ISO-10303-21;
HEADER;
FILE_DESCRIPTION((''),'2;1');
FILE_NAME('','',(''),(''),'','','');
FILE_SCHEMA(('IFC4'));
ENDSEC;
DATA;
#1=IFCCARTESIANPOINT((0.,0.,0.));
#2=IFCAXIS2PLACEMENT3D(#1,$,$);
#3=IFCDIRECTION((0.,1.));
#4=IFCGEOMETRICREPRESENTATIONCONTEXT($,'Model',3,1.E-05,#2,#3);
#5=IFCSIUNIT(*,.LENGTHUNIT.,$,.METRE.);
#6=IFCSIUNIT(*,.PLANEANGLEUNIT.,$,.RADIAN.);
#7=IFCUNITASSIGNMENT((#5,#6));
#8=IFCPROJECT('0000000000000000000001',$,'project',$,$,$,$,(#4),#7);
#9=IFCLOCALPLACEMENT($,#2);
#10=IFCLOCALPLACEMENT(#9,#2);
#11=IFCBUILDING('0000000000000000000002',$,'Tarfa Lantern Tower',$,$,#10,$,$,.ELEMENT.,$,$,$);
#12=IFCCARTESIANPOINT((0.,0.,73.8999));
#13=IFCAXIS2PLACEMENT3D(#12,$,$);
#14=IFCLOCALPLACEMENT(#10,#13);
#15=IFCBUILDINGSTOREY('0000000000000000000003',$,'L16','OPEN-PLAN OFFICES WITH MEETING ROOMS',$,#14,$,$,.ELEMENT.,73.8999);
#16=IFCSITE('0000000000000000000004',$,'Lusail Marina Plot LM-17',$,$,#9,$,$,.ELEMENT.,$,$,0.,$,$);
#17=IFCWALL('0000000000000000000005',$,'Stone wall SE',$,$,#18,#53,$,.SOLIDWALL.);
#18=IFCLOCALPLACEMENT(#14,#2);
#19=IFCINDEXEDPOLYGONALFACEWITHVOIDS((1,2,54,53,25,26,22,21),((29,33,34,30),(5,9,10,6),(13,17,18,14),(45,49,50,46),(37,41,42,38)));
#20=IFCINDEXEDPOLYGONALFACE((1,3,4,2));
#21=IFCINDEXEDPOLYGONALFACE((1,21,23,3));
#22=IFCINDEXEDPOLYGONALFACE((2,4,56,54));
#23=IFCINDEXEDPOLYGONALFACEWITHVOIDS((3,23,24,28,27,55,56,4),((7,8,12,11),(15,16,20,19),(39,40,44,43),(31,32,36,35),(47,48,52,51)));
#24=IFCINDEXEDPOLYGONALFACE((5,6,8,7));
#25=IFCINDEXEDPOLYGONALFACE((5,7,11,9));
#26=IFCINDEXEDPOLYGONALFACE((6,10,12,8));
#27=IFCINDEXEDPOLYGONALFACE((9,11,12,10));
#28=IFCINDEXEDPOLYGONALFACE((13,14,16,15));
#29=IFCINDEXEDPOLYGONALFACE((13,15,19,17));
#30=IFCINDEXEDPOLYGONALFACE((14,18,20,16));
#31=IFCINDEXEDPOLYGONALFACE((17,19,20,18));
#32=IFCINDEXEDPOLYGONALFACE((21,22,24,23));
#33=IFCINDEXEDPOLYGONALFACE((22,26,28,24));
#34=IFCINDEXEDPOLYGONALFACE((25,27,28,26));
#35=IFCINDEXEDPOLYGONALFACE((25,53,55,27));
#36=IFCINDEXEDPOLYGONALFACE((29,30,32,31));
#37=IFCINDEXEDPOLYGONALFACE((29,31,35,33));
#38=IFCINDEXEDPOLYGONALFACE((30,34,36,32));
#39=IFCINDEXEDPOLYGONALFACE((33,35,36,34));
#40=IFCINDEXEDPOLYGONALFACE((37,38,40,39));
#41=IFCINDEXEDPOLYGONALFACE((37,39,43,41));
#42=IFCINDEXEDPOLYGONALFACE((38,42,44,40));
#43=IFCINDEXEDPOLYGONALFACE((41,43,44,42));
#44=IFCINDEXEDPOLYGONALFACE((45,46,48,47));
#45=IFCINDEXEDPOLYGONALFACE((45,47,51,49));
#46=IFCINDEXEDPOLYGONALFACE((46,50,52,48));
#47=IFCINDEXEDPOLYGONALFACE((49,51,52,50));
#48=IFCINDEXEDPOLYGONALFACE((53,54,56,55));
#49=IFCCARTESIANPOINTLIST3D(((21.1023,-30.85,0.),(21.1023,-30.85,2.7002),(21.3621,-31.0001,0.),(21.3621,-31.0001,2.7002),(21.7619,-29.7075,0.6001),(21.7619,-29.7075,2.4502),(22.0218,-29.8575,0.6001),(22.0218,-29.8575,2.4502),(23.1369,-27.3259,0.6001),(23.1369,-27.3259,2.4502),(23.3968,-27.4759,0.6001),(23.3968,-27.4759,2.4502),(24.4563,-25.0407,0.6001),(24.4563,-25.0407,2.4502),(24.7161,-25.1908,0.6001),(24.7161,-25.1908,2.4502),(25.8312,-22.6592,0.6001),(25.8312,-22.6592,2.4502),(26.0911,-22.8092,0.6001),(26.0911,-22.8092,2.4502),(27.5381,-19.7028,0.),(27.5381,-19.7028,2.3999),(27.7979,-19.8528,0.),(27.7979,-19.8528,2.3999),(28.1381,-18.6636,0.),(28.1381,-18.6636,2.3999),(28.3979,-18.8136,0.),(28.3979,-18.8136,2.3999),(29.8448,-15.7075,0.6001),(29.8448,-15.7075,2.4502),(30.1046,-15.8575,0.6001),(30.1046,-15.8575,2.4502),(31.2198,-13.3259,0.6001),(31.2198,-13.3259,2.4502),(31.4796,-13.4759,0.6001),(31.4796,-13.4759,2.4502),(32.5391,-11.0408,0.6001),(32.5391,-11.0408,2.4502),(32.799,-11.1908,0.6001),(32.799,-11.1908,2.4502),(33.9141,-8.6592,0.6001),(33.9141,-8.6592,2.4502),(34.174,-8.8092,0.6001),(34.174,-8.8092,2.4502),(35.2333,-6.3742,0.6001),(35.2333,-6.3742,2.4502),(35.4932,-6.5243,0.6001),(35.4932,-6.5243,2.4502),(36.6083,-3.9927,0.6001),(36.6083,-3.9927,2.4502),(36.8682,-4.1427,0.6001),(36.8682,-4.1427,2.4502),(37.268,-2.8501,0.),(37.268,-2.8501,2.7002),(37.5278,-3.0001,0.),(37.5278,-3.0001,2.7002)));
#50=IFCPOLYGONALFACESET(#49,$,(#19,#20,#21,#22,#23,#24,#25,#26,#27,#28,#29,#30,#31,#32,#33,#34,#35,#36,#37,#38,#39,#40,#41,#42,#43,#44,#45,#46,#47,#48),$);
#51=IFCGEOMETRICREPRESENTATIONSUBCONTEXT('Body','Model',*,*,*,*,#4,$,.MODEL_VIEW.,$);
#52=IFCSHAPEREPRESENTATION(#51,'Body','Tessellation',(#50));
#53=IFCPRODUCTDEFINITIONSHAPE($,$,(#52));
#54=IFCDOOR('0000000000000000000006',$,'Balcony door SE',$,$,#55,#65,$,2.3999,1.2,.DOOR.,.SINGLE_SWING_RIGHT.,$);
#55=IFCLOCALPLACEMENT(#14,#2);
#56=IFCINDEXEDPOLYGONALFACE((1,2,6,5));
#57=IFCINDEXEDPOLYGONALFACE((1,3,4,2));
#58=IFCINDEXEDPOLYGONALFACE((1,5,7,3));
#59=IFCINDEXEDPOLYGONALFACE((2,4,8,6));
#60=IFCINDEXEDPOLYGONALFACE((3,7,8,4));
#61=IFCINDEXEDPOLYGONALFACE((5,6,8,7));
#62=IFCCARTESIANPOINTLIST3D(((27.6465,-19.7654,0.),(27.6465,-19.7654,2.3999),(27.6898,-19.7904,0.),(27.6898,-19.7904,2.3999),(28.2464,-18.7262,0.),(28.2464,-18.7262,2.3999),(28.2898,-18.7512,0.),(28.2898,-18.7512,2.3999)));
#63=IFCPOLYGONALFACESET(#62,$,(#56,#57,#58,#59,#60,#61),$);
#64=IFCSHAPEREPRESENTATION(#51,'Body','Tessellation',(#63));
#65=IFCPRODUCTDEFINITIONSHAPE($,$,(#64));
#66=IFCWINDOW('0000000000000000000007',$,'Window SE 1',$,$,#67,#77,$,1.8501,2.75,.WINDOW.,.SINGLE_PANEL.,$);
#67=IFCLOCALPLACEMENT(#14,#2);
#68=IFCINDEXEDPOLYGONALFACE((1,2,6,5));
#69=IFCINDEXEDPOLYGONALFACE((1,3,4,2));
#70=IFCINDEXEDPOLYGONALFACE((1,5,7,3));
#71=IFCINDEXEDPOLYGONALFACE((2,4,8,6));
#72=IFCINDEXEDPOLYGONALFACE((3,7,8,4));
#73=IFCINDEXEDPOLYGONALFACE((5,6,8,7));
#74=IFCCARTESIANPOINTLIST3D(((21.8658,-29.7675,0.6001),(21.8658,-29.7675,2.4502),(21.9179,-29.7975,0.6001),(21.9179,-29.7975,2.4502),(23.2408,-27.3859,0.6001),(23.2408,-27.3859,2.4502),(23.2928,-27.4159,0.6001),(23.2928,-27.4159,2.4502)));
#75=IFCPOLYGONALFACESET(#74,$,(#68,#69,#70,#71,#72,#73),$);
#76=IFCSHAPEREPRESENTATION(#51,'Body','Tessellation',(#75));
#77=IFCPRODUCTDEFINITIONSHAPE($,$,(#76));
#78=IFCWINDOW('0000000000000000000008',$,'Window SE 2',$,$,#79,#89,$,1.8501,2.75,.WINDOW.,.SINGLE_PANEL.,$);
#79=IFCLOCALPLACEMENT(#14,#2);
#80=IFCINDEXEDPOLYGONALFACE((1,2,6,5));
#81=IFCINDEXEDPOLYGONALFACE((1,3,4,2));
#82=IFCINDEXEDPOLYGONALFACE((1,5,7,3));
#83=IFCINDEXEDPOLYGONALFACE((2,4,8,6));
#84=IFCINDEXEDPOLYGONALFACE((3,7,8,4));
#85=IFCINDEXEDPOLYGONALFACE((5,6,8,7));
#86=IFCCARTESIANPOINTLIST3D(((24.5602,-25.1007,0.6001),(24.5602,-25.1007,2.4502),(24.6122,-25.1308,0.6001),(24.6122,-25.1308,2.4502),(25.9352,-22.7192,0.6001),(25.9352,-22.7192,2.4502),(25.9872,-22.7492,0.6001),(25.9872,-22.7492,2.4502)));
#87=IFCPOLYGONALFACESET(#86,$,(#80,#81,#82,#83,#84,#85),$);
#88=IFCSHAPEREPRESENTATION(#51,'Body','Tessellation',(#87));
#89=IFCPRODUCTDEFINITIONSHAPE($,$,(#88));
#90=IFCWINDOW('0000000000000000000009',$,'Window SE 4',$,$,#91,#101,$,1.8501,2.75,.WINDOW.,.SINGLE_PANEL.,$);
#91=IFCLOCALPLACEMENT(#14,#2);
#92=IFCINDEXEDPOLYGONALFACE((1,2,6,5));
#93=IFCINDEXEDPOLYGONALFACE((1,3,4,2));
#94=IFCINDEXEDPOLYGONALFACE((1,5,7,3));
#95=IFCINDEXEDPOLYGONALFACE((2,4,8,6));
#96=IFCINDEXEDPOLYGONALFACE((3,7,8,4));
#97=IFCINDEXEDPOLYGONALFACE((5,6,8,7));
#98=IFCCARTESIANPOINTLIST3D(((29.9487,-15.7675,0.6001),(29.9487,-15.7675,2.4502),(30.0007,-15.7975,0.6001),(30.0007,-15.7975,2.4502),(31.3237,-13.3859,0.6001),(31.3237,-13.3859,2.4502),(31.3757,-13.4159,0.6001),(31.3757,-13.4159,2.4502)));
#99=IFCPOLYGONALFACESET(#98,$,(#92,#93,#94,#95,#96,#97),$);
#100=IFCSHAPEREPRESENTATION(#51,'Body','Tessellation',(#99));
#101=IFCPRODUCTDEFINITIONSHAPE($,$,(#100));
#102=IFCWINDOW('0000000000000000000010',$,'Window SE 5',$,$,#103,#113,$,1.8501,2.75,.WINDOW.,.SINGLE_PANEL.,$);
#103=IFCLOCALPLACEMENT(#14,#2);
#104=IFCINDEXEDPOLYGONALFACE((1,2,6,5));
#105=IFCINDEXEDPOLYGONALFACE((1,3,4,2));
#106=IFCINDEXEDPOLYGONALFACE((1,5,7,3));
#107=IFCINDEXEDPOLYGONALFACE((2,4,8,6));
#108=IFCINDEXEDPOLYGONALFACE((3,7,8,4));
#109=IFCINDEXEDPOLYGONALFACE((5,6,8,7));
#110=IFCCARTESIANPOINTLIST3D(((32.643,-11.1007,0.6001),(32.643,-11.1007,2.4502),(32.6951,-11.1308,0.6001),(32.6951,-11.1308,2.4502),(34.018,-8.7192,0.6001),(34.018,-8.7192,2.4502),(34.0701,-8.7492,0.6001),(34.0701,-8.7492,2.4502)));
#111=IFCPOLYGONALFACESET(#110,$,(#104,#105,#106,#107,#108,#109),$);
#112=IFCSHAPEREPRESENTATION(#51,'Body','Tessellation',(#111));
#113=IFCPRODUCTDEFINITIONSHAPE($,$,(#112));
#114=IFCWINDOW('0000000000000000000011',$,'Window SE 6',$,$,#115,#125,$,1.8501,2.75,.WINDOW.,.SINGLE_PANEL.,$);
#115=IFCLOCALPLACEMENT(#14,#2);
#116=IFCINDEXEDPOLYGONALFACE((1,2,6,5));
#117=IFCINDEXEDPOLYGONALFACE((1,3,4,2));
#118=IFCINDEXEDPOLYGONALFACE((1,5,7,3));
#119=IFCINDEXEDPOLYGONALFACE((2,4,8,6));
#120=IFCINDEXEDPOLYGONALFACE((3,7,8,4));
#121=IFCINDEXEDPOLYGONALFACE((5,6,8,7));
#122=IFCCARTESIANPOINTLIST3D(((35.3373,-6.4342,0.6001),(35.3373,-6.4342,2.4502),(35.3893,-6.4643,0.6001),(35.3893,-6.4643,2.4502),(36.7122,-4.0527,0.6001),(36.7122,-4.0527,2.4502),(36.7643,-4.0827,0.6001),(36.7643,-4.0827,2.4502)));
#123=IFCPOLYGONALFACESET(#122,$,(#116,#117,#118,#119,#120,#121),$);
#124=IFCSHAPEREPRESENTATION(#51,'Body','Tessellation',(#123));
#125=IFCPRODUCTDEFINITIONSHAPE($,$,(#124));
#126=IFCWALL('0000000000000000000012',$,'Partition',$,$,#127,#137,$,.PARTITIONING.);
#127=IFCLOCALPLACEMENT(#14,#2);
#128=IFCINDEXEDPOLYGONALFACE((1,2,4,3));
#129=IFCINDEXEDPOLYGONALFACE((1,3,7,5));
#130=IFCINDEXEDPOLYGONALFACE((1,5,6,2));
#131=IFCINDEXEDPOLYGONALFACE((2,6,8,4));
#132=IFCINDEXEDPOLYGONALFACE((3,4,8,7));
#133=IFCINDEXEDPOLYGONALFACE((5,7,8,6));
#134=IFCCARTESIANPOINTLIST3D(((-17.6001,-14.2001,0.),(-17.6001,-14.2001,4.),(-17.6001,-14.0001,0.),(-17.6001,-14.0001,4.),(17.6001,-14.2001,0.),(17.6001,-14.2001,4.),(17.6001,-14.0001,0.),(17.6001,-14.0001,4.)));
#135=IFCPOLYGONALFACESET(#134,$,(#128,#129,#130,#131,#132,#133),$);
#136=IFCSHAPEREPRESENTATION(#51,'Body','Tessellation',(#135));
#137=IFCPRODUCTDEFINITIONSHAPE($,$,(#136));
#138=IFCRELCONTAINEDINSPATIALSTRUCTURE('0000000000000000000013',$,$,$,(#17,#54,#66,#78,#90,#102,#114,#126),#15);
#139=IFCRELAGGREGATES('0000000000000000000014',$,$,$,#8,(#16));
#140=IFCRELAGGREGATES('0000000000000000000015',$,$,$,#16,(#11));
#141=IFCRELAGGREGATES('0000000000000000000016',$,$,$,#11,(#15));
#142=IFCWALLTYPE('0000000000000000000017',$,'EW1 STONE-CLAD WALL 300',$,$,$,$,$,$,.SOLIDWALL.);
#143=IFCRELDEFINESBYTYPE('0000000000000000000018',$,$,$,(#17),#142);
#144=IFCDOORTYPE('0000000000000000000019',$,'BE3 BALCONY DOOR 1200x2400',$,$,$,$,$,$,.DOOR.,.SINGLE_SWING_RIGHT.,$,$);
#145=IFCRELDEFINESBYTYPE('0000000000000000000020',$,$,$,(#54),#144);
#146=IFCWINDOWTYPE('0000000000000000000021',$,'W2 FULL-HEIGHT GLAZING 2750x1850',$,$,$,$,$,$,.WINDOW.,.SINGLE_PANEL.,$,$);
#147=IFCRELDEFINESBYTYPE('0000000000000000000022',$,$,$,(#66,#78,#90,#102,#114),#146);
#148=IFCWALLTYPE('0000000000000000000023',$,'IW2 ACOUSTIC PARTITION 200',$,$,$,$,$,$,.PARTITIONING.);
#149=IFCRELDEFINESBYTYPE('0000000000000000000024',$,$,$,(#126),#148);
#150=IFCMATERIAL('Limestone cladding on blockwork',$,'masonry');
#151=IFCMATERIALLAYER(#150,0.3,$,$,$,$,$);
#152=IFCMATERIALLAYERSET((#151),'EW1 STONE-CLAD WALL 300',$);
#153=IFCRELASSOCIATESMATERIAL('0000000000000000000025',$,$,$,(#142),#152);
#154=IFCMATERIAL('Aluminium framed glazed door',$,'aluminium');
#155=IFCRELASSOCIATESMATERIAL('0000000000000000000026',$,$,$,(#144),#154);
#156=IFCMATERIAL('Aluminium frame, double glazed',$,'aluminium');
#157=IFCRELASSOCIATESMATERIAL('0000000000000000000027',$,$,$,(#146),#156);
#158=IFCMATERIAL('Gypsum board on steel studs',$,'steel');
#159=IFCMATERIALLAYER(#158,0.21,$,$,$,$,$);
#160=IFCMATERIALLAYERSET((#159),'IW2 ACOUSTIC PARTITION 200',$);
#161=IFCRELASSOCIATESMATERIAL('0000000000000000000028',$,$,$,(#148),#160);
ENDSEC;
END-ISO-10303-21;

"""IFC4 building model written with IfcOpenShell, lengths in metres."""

from ifc_helpers import new_model, si_unit, direction, frame, frame_2d, origin, place, context, subcontext, project, spatial, rectangle, extrude, material, layer, layer_set, type_object, element, fill, save


model = new_model("IFC4")

# Units and contexts
model_context = context("Model", 3, precision=1e-05, world=origin(), true_north=direction((0.0, 1.0)))
body_context = subcontext(model_context, "Body", "Model", "MODEL_VIEW")
ifc_project = project(units=[si_unit("LENGTHUNIT", "METRE"), si_unit("PLANEANGLEUNIT", "RADIAN")], contexts=[model_context])

# Site, building, storey
site_placement = place(None, origin())
site = spatial("IfcSite", under=ifc_project, at=site_placement, Name="Lusail Marina Plot LM-17", CompositionType="ELEMENT", RefElevation=0.0)
building_placement = place(site_placement, origin())
building = spatial("IfcBuilding", under=site, at=building_placement, Name="Tarfa Lantern Tower", CompositionType="ELEMENT")
storey_placement = place(building_placement, frame((0.0, 0.0, 73.8999)))
storey = spatial("IfcBuildingStorey", under=building, at=storey_placement, Name="L16", Description="OPEN-PLAN OFFICES WITH MEETING ROOMS", CompositionType="ELEMENT", Elevation=73.8999)

# Wall, openings, door, windows
ifc_material_1 = material(Name="Limestone cladding on blockwork", Category="masonry")
ifc_layer_1 = layer(ifc_material_1, 0.3)
ifc_layer_set_1 = layer_set([ifc_layer_1], Name="EW1 STONE-CLAD WALL 300")
wall_type_1 = type_object("IfcWallType", Name="EW1 STONE-CLAD WALL 300", PredefinedType="SOLIDWALL", material=ifc_layer_set_1)
wall_1_placement = place(storey_placement, frame((21.2322, -30.925, 0.0), z_axis=(0.0, 0.0, 1.0), x_axis=(0.499999, 0.866026, 0.0)))
wall_1 = element("IfcWall", 1, at=wall_1_placement, inside=storey, type_object=wall_type_1, Name="Stone wall SE", PredefinedType="SOLIDWALL", context=body_context, shape_type="SweptSolid", body=[
    extrude(rectangle(XDim=32.3315, YDim=0.3, at=frame_2d((16.1658, 0.0))), origin(), (0.0, 0.0, 1.0), 2.7002),
])
opening_1_placement = place(wall_1_placement, frame((1.3193, 0.0, 0.6001)))
opening_1 = element("IfcOpeningElement", 2, at=opening_1_placement, cuts=wall_1, PredefinedType="OPENING", context=body_context, shape_type="SweptSolid", body=[
    extrude(rectangle(XDim=2.75, YDim=1.8501, at=frame_2d((1.375, 0.925))), frame((0.0, 0.1599, 0.0), z_axis=(0.0, -1.0, 0.0), x_axis=(1.0, 0.0, 0.0)), (0.0, 0.0, 1.0), 0.3201),
])
opening_2_placement = place(wall_1_placement, frame((6.708, 0.0, 0.6001)))
opening_2 = element("IfcOpeningElement", 3, at=opening_2_placement, cuts=wall_1, PredefinedType="OPENING", context=body_context, shape_type="SweptSolid", body=[
    extrude(rectangle(XDim=2.75, YDim=1.8501, at=frame_2d((1.375, 0.925))), frame((0.0, 0.1599, 0.0), z_axis=(0.0, -1.0, 0.0), x_axis=(1.0, 0.0, 0.0)), (0.0, 0.0, 1.0), 0.3201),
])
opening_3_placement = place(wall_1_placement, frame((12.8716, 0.0, 0.0)))
opening_3 = element("IfcOpeningElement", 4, at=opening_3_placement, cuts=wall_1, PredefinedType="OPENING", context=body_context, shape_type="SweptSolid", body=[
    extrude(rectangle(XDim=1.2, YDim=2.3999, at=frame_2d((0.6001, 1.2))), frame((0.0, 0.1599, 0.0), z_axis=(0.0, -1.0, 0.0), x_axis=(1.0, 0.0, 0.0)), (0.0, 0.0, 1.0), 0.3201),
])
opening_4_placement = place(wall_1_placement, frame((17.4851, 0.0, 0.6001)))
opening_4 = element("IfcOpeningElement", 5, at=opening_4_placement, cuts=wall_1, PredefinedType="OPENING", context=body_context, shape_type="SweptSolid", body=[
    extrude(rectangle(XDim=2.75, YDim=1.8501, at=frame_2d((1.375, 0.925))), frame((0.0, 0.1599, 0.0), z_axis=(0.0, -1.0, 0.0), x_axis=(1.0, 0.0, 0.0)), (0.0, 0.0, 1.0), 0.3201),
])
opening_5_placement = place(wall_1_placement, frame((22.8738, 0.0, 0.6001)))
opening_5 = element("IfcOpeningElement", 6, at=opening_5_placement, cuts=wall_1, PredefinedType="OPENING", context=body_context, shape_type="SweptSolid", body=[
    extrude(rectangle(XDim=2.75, YDim=1.8501, at=frame_2d((1.375, 0.925))), frame((0.0, 0.1599, 0.0), z_axis=(0.0, -1.0, 0.0), x_axis=(1.0, 0.0, 0.0)), (0.0, 0.0, 1.0), 0.3201),
])
opening_6_placement = place(wall_1_placement, frame((28.2622, 0.0, 0.6001)))
opening_6 = element("IfcOpeningElement", 7, at=opening_6_placement, cuts=wall_1, PredefinedType="OPENING", context=body_context, shape_type="SweptSolid", body=[
    extrude(rectangle(XDim=2.75, YDim=1.8501, at=frame_2d((1.375, 0.925))), frame((0.0, 0.1599, 0.0), z_axis=(0.0, -1.0, 0.0), x_axis=(1.0, 0.0, 0.0)), (0.0, 0.0, 1.0), 0.3201),
])
ifc_material_2 = material(Name="Aluminium framed glazed door", Category="aluminium")
door_type_1 = type_object("IfcDoorType", Name="BE3 BALCONY DOOR 1200x2400", OperationType="SINGLE_SWING_RIGHT", PredefinedType="DOOR", material=ifc_material_2)
door_1_placement = place(opening_3_placement, origin())
door_1 = element("IfcDoor", 8, at=door_1_placement, inside=storey, type_object=door_type_1, Name="Balcony door SE", OperationType="SINGLE_SWING_RIGHT", OverallHeight=2.3999, OverallWidth=1.2, PredefinedType="DOOR", context=body_context, shape_type="SweptSolid", body=[
    extrude(rectangle(XDim=1.2, YDim=2.3999, at=frame_2d((0.6001, 1.2))), frame((0.0, 0.0249, 0.0), z_axis=(0.0, -1.0, 0.0), x_axis=(1.0, 0.0, 0.0)), (0.0, 0.0, 1.0), 0.05),
])
fill(opening_3, door_1)
ifc_material_3 = material(Name="Aluminium frame, double glazed", Category="aluminium")
window_type = type_object("IfcWindowType", Name="W2 FULL-HEIGHT GLAZING 2750x1850", PartitioningType="SINGLE_PANEL", PredefinedType="WINDOW", material=ifc_material_3)
window_1_placement = place(opening_1_placement, origin())
window_1 = element("IfcWindow", 9, at=window_1_placement, inside=storey, type_object=window_type, Name="Window SE 1", OverallHeight=1.8501, OverallWidth=2.75, PartitioningType="SINGLE_PANEL", PredefinedType="WINDOW", context=body_context, shape_type="SweptSolid", body=[
    extrude(rectangle(XDim=2.75, YDim=1.8501, at=frame_2d((1.375, 0.925))), frame((0.0, 0.03, 0.0), z_axis=(0.0, -1.0, 0.0), x_axis=(1.0, 0.0, 0.0)), (0.0, 0.0, 1.0), 0.0601),
])
fill(opening_1, window_1)
window_2_placement = place(opening_2_placement, origin())
window_2 = element("IfcWindow", 10, at=window_2_placement, inside=storey, type_object=window_type, Name="Window SE 2", OverallHeight=1.8501, OverallWidth=2.75, PartitioningType="SINGLE_PANEL", PredefinedType="WINDOW", context=body_context, shape_type="SweptSolid", body=[
    extrude(rectangle(XDim=2.75, YDim=1.8501, at=frame_2d((1.375, 0.925))), frame((0.0, 0.03, 0.0), z_axis=(0.0, -1.0, 0.0), x_axis=(1.0, 0.0, 0.0)), (0.0, 0.0, 1.0), 0.0601),
])
fill(opening_2, window_2)
window_3_placement = place(opening_4_placement, origin())
window_3 = element("IfcWindow", 11, at=window_3_placement, inside=storey, type_object=window_type, Name="Window SE 4", OverallHeight=1.8501, OverallWidth=2.75, PartitioningType="SINGLE_PANEL", PredefinedType="WINDOW", context=body_context, shape_type="SweptSolid", body=[
    extrude(rectangle(XDim=2.75, YDim=1.8501, at=frame_2d((1.375, 0.925))), frame((0.0, 0.03, 0.0), z_axis=(0.0, -1.0, 0.0), x_axis=(1.0, 0.0, 0.0)), (0.0, 0.0, 1.0), 0.0601),
])
fill(opening_4, window_3)
window_4_placement = place(opening_5_placement, origin())
window_4 = element("IfcWindow", 12, at=window_4_placement, inside=storey, type_object=window_type, Name="Window SE 5", OverallHeight=1.8501, OverallWidth=2.75, PartitioningType="SINGLE_PANEL", PredefinedType="WINDOW", context=body_context, shape_type="SweptSolid", body=[
    extrude(rectangle(XDim=2.75, YDim=1.8501, at=frame_2d((1.375, 0.925))), frame((0.0, 0.03, 0.0), z_axis=(0.0, -1.0, 0.0), x_axis=(1.0, 0.0, 0.0)), (0.0, 0.0, 1.0), 0.0601),
])
fill(opening_5, window_4)
window_5_placement = place(opening_6_placement, origin())
window_5 = element("IfcWindow", 13, at=window_5_placement, inside=storey, type_object=window_type, Name="Window SE 6", OverallHeight=1.8501, OverallWidth=2.75, PartitioningType="SINGLE_PANEL", PredefinedType="WINDOW", context=body_context, shape_type="SweptSolid", body=[
    extrude(rectangle(XDim=2.75, YDim=1.8501, at=frame_2d((1.375, 0.925))), frame((0.0, 0.03, 0.0), z_axis=(0.0, -1.0, 0.0), x_axis=(1.0, 0.0, 0.0)), (0.0, 0.0, 1.0), 0.0601),
])
fill(opening_6, window_5)

# Wall
ifc_material_4 = material(Name="Gypsum board on steel studs", Category="steel")
ifc_layer_2 = layer(ifc_material_4, 0.21)
ifc_layer_set_2 = layer_set([ifc_layer_2], Name="IW2 ACOUSTIC PARTITION 200")
wall_type_2 = type_object("IfcWallType", Name="IW2 ACOUSTIC PARTITION 200", PredefinedType="PARTITIONING", material=ifc_layer_set_2)
wall_2_placement = place(storey_placement, frame((17.6001, -14.1001, 0.0), z_axis=(0.0, 0.0, 1.0), x_axis=(-1.0, 0.0, 0.0)))
element("IfcWall", 14, at=wall_2_placement, inside=storey, type_object=wall_type_2, Name="Partition", PredefinedType="PARTITIONING", context=body_context, shape_type="SweptSolid", body=[
    extrude(rectangle(XDim=35.2002, YDim=0.2, at=frame_2d((17.6001, 0.0))), origin(), (0.0, 0.0, 1.0), 4.0),
])

save(model, "model.ifc")
